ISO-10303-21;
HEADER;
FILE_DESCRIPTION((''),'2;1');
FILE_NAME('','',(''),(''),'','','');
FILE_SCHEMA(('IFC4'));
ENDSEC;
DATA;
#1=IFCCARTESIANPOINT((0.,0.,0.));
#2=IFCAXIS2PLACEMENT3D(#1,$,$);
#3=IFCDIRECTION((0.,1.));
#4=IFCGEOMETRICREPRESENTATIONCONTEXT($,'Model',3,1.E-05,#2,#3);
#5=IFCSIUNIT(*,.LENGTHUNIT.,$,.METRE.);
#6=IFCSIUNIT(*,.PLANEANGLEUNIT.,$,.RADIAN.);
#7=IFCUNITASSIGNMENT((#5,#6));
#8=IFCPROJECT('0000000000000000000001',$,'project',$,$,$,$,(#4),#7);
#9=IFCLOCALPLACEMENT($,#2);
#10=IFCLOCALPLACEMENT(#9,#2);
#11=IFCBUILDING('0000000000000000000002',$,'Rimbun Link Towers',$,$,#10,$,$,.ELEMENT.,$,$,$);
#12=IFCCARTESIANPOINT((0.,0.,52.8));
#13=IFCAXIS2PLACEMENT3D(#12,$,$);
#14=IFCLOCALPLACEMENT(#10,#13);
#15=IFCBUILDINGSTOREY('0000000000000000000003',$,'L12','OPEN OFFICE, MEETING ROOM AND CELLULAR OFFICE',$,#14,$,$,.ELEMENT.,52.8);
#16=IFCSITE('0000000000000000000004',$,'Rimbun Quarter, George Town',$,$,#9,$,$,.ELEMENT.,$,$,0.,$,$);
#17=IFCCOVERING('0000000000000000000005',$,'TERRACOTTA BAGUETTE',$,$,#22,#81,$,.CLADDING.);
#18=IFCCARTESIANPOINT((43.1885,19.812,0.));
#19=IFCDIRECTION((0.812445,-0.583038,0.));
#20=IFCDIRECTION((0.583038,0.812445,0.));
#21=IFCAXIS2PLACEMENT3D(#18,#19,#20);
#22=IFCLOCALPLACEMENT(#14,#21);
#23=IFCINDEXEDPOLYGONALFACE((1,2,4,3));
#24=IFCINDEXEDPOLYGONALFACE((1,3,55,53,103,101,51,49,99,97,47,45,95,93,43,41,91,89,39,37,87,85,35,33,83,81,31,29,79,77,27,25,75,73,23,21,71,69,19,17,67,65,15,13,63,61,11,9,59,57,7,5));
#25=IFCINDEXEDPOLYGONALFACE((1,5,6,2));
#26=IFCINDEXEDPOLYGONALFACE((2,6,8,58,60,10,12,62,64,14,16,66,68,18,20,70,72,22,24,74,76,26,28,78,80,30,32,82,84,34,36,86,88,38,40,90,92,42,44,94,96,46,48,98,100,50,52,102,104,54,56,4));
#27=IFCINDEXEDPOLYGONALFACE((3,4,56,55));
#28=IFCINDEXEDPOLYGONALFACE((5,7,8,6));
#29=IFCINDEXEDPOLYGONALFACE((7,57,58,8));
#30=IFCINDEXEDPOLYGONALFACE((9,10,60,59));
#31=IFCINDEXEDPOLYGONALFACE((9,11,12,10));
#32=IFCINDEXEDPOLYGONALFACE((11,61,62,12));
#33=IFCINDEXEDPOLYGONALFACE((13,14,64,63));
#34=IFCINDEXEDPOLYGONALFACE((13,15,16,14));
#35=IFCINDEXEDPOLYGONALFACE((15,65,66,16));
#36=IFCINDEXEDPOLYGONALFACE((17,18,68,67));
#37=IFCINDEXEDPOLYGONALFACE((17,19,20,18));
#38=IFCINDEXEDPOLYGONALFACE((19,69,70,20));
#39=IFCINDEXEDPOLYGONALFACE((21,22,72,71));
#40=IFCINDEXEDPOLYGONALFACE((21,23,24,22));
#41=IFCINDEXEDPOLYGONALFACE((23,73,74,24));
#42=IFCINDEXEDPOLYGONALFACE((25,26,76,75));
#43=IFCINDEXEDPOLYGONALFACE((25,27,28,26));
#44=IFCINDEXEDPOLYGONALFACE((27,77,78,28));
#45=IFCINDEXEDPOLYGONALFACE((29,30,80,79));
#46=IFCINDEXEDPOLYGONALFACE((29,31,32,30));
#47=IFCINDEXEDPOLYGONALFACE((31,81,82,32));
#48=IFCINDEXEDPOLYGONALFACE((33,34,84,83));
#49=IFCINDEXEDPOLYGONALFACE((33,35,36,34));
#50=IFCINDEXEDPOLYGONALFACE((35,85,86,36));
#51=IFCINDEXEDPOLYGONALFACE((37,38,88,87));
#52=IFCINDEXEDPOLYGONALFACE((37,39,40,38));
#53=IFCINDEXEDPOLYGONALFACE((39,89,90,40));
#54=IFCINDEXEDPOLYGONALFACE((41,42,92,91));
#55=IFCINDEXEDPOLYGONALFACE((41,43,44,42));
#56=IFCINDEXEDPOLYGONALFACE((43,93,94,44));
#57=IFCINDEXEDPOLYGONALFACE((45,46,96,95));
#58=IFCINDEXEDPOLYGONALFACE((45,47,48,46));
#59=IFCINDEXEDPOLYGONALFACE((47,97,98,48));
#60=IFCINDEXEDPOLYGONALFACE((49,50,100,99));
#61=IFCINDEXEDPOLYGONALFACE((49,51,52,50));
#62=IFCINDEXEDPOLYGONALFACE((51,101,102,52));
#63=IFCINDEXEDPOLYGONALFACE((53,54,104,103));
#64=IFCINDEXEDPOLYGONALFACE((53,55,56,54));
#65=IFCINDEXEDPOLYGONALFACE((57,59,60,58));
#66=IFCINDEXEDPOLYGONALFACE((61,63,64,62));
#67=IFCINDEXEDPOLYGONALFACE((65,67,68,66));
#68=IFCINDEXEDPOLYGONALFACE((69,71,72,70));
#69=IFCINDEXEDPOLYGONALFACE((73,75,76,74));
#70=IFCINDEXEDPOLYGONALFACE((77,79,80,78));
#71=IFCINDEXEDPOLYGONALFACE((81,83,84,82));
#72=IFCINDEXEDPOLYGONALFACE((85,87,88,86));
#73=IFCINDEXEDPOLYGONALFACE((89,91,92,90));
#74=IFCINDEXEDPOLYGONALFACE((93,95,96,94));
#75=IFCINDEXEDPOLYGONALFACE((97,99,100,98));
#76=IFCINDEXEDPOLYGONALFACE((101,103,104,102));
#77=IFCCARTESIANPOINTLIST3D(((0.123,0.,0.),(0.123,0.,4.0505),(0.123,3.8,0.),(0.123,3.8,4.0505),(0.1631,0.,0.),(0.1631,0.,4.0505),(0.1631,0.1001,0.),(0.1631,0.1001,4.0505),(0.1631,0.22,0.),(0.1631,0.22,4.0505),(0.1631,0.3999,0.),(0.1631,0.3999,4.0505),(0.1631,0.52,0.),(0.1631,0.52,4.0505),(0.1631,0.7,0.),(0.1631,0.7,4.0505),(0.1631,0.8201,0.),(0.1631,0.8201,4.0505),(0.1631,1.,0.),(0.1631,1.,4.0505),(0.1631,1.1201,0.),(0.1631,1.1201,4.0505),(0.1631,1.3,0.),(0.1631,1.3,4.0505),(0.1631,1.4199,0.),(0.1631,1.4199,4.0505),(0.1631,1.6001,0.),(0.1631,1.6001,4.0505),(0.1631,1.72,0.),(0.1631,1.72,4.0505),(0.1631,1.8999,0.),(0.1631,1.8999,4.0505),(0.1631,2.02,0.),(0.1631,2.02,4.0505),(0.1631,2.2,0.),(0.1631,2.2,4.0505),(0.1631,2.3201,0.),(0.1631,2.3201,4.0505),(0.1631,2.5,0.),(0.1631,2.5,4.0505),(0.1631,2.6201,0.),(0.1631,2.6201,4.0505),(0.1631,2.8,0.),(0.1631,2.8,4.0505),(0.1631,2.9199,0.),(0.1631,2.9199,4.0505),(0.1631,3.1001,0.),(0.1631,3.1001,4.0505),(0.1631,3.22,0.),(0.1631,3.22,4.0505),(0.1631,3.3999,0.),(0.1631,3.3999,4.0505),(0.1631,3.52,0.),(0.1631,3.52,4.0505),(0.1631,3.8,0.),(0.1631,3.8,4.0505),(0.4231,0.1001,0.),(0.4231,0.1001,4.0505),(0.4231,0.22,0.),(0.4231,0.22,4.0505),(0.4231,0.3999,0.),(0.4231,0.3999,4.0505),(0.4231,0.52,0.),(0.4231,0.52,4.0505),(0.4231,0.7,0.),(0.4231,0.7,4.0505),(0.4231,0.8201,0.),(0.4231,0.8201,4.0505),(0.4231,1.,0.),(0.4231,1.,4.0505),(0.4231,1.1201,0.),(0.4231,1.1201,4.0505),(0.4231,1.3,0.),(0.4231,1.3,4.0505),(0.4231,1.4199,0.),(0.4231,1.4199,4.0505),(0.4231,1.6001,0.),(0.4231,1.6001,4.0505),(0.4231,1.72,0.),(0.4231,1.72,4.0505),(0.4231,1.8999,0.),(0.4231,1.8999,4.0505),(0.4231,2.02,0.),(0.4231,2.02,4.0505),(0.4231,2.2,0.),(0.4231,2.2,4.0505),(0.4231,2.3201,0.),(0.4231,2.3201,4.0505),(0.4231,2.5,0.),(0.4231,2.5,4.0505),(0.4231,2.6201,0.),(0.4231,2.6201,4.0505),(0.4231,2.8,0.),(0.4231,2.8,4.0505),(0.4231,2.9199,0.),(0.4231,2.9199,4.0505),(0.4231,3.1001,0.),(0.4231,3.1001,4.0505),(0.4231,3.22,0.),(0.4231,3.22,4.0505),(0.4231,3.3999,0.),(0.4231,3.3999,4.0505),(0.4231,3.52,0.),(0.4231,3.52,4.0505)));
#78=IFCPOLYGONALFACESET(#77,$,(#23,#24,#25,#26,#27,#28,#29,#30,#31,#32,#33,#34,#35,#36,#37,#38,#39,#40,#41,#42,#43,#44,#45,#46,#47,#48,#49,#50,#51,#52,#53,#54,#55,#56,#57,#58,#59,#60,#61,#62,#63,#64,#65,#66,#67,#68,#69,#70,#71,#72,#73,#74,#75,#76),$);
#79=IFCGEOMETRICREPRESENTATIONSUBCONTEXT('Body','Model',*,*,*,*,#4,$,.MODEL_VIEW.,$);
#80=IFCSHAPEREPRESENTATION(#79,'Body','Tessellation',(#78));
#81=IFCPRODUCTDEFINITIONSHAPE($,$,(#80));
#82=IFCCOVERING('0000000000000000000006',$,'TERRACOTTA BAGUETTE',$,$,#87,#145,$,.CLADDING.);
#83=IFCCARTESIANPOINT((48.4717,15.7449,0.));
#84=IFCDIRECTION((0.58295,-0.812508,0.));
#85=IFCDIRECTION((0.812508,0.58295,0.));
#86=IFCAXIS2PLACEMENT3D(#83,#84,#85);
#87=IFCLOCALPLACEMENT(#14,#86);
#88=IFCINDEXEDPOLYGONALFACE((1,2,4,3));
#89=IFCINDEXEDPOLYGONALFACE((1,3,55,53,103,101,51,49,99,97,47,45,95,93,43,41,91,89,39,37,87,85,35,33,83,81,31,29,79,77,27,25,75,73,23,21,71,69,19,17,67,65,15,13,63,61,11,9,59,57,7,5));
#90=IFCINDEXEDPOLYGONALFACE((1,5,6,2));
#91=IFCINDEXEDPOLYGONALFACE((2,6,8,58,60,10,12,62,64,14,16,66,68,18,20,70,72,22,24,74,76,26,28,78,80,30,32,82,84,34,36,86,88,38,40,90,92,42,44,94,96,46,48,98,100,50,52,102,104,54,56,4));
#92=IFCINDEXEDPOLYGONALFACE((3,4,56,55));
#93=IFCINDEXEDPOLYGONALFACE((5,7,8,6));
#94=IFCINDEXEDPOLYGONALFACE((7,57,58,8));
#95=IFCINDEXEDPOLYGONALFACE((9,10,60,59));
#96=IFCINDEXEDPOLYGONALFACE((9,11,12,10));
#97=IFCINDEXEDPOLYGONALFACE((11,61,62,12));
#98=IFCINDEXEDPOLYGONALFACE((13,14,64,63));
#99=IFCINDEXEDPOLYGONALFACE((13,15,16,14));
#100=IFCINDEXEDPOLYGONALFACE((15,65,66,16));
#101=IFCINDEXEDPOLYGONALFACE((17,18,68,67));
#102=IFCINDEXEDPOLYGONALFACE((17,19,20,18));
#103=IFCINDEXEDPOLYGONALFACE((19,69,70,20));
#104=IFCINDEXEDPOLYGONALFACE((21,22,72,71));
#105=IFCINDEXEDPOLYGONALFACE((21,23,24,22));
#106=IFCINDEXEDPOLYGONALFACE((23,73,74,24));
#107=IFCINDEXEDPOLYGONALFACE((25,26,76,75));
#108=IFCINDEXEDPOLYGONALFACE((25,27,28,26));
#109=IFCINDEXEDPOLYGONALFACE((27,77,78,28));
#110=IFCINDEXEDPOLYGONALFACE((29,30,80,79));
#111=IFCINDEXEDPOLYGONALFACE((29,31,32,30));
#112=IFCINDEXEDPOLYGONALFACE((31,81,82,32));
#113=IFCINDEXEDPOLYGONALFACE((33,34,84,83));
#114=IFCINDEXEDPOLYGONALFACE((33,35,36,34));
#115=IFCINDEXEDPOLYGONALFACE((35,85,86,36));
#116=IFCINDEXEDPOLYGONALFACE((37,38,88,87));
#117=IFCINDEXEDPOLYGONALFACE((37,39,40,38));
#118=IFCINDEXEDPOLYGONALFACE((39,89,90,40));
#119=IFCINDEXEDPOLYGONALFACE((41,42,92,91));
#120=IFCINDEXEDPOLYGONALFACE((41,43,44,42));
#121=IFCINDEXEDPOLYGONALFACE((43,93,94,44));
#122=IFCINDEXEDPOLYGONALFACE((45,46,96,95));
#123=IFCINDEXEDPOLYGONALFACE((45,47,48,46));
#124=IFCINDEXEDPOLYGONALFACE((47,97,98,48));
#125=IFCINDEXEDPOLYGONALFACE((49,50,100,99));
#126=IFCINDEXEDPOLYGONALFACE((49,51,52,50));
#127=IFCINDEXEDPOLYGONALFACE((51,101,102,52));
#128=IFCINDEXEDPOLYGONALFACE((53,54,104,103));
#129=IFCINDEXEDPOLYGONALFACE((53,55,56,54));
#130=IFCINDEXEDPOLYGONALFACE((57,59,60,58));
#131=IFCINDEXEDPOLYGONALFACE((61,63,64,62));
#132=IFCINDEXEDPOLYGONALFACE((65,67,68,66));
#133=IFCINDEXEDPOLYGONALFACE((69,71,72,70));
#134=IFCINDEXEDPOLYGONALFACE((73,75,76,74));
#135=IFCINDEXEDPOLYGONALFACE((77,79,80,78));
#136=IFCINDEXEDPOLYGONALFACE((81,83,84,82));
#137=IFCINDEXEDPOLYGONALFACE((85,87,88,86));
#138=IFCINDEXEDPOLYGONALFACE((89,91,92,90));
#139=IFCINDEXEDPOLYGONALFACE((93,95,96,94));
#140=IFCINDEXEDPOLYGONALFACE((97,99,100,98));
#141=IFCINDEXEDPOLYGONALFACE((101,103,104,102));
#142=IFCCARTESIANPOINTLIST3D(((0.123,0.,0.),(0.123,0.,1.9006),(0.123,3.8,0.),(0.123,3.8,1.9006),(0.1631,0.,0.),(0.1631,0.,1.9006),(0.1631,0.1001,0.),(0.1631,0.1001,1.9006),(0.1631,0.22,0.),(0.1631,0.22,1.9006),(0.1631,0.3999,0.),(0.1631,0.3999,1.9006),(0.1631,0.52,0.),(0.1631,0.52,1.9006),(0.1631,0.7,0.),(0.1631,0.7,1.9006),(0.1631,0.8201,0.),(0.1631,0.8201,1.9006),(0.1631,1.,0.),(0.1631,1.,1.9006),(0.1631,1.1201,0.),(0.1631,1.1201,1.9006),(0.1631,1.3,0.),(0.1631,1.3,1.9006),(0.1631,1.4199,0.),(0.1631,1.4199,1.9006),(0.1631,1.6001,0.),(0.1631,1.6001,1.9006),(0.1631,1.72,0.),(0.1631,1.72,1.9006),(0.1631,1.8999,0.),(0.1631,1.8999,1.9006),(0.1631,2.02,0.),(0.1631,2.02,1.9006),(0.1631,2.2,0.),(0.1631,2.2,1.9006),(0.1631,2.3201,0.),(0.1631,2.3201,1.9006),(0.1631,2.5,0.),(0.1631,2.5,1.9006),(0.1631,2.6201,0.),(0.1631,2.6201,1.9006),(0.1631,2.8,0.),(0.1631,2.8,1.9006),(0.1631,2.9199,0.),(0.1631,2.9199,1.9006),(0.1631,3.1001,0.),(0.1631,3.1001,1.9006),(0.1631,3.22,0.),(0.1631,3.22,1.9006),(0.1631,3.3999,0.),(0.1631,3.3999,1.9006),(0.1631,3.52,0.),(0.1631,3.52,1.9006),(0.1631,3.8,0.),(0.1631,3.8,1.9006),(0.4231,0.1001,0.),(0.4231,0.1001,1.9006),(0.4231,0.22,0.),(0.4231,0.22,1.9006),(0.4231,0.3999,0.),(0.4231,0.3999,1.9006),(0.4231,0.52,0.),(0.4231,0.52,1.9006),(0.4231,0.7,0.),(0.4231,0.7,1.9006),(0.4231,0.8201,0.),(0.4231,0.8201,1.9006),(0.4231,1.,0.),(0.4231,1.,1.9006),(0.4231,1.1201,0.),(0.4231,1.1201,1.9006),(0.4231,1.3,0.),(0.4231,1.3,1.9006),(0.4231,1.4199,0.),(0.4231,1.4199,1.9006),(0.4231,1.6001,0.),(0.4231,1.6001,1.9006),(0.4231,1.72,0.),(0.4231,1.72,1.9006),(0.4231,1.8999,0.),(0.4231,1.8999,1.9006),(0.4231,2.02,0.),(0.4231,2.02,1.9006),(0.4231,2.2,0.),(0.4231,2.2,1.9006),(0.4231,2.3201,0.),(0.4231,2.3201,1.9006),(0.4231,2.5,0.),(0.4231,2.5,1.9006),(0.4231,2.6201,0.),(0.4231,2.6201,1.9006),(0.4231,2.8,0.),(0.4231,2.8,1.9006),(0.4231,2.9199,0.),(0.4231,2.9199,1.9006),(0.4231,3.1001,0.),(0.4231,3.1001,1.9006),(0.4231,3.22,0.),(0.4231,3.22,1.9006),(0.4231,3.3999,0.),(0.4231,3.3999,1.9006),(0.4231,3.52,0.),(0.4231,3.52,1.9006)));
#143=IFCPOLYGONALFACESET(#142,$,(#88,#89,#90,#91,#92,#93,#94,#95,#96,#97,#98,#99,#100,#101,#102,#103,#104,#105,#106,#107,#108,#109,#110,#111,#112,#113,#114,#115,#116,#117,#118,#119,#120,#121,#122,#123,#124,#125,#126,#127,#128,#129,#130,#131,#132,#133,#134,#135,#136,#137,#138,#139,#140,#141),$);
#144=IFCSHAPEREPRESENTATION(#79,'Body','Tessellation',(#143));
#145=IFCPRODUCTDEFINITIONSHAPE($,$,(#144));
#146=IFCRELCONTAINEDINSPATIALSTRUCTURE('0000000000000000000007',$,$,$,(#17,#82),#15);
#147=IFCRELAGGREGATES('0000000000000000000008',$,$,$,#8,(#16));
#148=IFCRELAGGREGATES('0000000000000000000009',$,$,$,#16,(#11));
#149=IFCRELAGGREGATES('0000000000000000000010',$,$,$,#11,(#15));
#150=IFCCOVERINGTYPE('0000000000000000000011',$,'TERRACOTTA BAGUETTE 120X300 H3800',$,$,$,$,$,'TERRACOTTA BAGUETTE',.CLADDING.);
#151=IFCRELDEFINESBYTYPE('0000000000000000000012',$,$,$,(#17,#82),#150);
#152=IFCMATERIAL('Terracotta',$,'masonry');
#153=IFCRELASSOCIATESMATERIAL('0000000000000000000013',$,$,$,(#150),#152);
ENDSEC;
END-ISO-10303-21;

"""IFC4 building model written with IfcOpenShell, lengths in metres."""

from ifc_helpers import new_model, si_unit, direction, frame, origin, place, context, subcontext, project, spatial, polyline, outline, extrude, material, material_profile, profile_set, type_object, element, save


model = new_model("IFC4")

# Units and contexts
model_context = context("Model", 3, precision=1e-05, world=origin(), true_north=direction((0.0, 1.0)))
body_context = subcontext(model_context, "Body", "Model", "MODEL_VIEW")
ifc_project = project(units=[si_unit("LENGTHUNIT", "METRE"), si_unit("PLANEANGLEUNIT", "RADIAN")], contexts=[model_context])

# Site, building, storey
site_placement = place(None, origin())
site = spatial("IfcSite", under=ifc_project, at=site_placement, Name="Rimbun Quarter, George Town", CompositionType="ELEMENT", RefElevation=0.0)
building_placement = place(site_placement, origin())
building = spatial("IfcBuilding", under=site, at=building_placement, Name="Rimbun Link Towers", CompositionType="ELEMENT")
storey_placement = place(building_placement, frame((0.0, 0.0, 52.8)))
storey = spatial("IfcBuildingStorey", under=building, at=storey_placement, Name="L12", Description="OPEN OFFICE, MEETING ROOM AND CELLULAR OFFICE", CompositionType="ELEMENT", Elevation=52.8)

# Coverings
ifc_material_1 = material(Name="Terracotta", Category="masonry")
ifc_material_profile_1 = material_profile(ifc_material_1, outline(polyline([(0.123, 0.0), (0.1631, 0.0), (0.1631, 0.1001), (0.4231, 0.1001), (0.4231, 0.22), (0.1631, 0.22), (0.1631, 0.3999), (0.4231, 0.3999), (0.4231, 0.52), (0.1631, 0.52), (0.1631, 0.7), (0.4231, 0.7), (0.4231, 0.8201), (0.1631, 0.8201), (0.1631, 1.0), (0.4231, 1.0), (0.4231, 1.1201), (0.1631, 1.1201), (0.1631, 1.3), (0.4231, 1.3), (0.4231, 1.4199), (0.1631, 1.4199), (0.1631, 1.6001), (0.4231, 1.6001), (0.4231, 1.72), (0.1631, 1.72), (0.1631, 1.8999), (0.4231, 1.8999), (0.4231, 2.02), (0.1631, 2.02), (0.1631, 2.2), (0.4231, 2.2), (0.4231, 2.3201), (0.1631, 2.3201), (0.1631, 2.5), (0.4231, 2.5), (0.4231, 2.6201), (0.1631, 2.6201), (0.1631, 2.8), (0.4231, 2.8), (0.4231, 2.9199), (0.1631, 2.9199), (0.1631, 3.1001), (0.4231, 3.1001), (0.4231, 3.22), (0.1631, 3.22), (0.1631, 3.3999), (0.4231, 3.3999), (0.4231, 3.52), (0.1631, 3.52), (0.1631, 3.8), (0.123, 3.8), (0.123, 0.0)])), Name="BAGUETTE 120X300")
ifc_profile_set_1 = profile_set([ifc_material_profile_1], Name="Terracotta")
covering_type = type_object("IfcCoveringType", Name="TERRACOTTA BAGUETTE 120X300 H3800", ElementType="TERRACOTTA BAGUETTE", PredefinedType="CLADDING", material=ifc_profile_set_1)
covering_1_placement = place(storey_placement, frame((43.1885, 19.812, 0.0), z_axis=(0.812445, -0.583038, 0.0), x_axis=(0.583038, 0.812445, 0.0)))
element("IfcCovering", 1, at=covering_1_placement, inside=storey, type_object=covering_type, Name="TERRACOTTA BAGUETTE", PredefinedType="CLADDING", context=body_context, shape_type="SweptSolid", body=[
    extrude(outline(polyline([(0.123, 0.0), (0.1631, 0.0), (0.1631, 0.1001), (0.4231, 0.1001), (0.4231, 0.22), (0.1631, 0.22), (0.1631, 0.3999), (0.4231, 0.3999), (0.4231, 0.52), (0.1631, 0.52), (0.1631, 0.7), (0.4231, 0.7), (0.4231, 0.8201), (0.1631, 0.8201), (0.1631, 1.0), (0.4231, 1.0), (0.4231, 1.1201), (0.1631, 1.1201), (0.1631, 1.3), (0.4231, 1.3), (0.4231, 1.4199), (0.1631, 1.4199), (0.1631, 1.6001), (0.4231, 1.6001), (0.4231, 1.72), (0.1631, 1.72), (0.1631, 1.8999), (0.4231, 1.8999), (0.4231, 2.02), (0.1631, 2.02), (0.1631, 2.2), (0.4231, 2.2), (0.4231, 2.3201), (0.1631, 2.3201), (0.1631, 2.5), (0.4231, 2.5), (0.4231, 2.6201), (0.1631, 2.6201), (0.1631, 2.8), (0.4231, 2.8), (0.4231, 2.9199), (0.1631, 2.9199), (0.1631, 3.1001), (0.4231, 3.1001), (0.4231, 3.22), (0.1631, 3.22), (0.1631, 3.3999), (0.4231, 3.3999), (0.4231, 3.52), (0.1631, 3.52), (0.1631, 3.8), (0.123, 3.8), (0.123, 0.0)])), origin(), (0.0, 0.0, 1.0), 4.0505),
])
covering_2_placement = place(storey_placement, frame((48.4717, 15.7449, 0.0), z_axis=(0.58295, -0.812508, 0.0), x_axis=(0.812508, 0.58295, 0.0)))
element("IfcCovering", 2, at=covering_2_placement, inside=storey, type_object=covering_type, Name="TERRACOTTA BAGUETTE", PredefinedType="CLADDING", context=body_context, shape_type="SweptSolid", body=[
    extrude(outline(polyline([(0.123, 0.0), (0.1631, 0.0), (0.1631, 0.1001), (0.4231, 0.1001), (0.4231, 0.22), (0.1631, 0.22), (0.1631, 0.3999), (0.4231, 0.3999), (0.4231, 0.52), (0.1631, 0.52), (0.1631, 0.7), (0.4231, 0.7), (0.4231, 0.8201), (0.1631, 0.8201), (0.1631, 1.0), (0.4231, 1.0), (0.4231, 1.1201), (0.1631, 1.1201), (0.1631, 1.3), (0.4231, 1.3), (0.4231, 1.4199), (0.1631, 1.4199), (0.1631, 1.6001), (0.4231, 1.6001), (0.4231, 1.72), (0.1631, 1.72), (0.1631, 1.8999), (0.4231, 1.8999), (0.4231, 2.02), (0.1631, 2.02), (0.1631, 2.2), (0.4231, 2.2), (0.4231, 2.3201), (0.1631, 2.3201), (0.1631, 2.5), (0.4231, 2.5), (0.4231, 2.6201), (0.1631, 2.6201), (0.1631, 2.8), (0.4231, 2.8), (0.4231, 2.9199), (0.1631, 2.9199), (0.1631, 3.1001), (0.4231, 3.1001), (0.4231, 3.22), (0.1631, 3.22), (0.1631, 3.3999), (0.4231, 3.3999), (0.4231, 3.52), (0.1631, 3.52), (0.1631, 3.8), (0.123, 3.8), (0.123, 0.0)])), origin(), (0.0, 0.0, 1.0), 1.9006),
])

save(model, "model.ifc")
